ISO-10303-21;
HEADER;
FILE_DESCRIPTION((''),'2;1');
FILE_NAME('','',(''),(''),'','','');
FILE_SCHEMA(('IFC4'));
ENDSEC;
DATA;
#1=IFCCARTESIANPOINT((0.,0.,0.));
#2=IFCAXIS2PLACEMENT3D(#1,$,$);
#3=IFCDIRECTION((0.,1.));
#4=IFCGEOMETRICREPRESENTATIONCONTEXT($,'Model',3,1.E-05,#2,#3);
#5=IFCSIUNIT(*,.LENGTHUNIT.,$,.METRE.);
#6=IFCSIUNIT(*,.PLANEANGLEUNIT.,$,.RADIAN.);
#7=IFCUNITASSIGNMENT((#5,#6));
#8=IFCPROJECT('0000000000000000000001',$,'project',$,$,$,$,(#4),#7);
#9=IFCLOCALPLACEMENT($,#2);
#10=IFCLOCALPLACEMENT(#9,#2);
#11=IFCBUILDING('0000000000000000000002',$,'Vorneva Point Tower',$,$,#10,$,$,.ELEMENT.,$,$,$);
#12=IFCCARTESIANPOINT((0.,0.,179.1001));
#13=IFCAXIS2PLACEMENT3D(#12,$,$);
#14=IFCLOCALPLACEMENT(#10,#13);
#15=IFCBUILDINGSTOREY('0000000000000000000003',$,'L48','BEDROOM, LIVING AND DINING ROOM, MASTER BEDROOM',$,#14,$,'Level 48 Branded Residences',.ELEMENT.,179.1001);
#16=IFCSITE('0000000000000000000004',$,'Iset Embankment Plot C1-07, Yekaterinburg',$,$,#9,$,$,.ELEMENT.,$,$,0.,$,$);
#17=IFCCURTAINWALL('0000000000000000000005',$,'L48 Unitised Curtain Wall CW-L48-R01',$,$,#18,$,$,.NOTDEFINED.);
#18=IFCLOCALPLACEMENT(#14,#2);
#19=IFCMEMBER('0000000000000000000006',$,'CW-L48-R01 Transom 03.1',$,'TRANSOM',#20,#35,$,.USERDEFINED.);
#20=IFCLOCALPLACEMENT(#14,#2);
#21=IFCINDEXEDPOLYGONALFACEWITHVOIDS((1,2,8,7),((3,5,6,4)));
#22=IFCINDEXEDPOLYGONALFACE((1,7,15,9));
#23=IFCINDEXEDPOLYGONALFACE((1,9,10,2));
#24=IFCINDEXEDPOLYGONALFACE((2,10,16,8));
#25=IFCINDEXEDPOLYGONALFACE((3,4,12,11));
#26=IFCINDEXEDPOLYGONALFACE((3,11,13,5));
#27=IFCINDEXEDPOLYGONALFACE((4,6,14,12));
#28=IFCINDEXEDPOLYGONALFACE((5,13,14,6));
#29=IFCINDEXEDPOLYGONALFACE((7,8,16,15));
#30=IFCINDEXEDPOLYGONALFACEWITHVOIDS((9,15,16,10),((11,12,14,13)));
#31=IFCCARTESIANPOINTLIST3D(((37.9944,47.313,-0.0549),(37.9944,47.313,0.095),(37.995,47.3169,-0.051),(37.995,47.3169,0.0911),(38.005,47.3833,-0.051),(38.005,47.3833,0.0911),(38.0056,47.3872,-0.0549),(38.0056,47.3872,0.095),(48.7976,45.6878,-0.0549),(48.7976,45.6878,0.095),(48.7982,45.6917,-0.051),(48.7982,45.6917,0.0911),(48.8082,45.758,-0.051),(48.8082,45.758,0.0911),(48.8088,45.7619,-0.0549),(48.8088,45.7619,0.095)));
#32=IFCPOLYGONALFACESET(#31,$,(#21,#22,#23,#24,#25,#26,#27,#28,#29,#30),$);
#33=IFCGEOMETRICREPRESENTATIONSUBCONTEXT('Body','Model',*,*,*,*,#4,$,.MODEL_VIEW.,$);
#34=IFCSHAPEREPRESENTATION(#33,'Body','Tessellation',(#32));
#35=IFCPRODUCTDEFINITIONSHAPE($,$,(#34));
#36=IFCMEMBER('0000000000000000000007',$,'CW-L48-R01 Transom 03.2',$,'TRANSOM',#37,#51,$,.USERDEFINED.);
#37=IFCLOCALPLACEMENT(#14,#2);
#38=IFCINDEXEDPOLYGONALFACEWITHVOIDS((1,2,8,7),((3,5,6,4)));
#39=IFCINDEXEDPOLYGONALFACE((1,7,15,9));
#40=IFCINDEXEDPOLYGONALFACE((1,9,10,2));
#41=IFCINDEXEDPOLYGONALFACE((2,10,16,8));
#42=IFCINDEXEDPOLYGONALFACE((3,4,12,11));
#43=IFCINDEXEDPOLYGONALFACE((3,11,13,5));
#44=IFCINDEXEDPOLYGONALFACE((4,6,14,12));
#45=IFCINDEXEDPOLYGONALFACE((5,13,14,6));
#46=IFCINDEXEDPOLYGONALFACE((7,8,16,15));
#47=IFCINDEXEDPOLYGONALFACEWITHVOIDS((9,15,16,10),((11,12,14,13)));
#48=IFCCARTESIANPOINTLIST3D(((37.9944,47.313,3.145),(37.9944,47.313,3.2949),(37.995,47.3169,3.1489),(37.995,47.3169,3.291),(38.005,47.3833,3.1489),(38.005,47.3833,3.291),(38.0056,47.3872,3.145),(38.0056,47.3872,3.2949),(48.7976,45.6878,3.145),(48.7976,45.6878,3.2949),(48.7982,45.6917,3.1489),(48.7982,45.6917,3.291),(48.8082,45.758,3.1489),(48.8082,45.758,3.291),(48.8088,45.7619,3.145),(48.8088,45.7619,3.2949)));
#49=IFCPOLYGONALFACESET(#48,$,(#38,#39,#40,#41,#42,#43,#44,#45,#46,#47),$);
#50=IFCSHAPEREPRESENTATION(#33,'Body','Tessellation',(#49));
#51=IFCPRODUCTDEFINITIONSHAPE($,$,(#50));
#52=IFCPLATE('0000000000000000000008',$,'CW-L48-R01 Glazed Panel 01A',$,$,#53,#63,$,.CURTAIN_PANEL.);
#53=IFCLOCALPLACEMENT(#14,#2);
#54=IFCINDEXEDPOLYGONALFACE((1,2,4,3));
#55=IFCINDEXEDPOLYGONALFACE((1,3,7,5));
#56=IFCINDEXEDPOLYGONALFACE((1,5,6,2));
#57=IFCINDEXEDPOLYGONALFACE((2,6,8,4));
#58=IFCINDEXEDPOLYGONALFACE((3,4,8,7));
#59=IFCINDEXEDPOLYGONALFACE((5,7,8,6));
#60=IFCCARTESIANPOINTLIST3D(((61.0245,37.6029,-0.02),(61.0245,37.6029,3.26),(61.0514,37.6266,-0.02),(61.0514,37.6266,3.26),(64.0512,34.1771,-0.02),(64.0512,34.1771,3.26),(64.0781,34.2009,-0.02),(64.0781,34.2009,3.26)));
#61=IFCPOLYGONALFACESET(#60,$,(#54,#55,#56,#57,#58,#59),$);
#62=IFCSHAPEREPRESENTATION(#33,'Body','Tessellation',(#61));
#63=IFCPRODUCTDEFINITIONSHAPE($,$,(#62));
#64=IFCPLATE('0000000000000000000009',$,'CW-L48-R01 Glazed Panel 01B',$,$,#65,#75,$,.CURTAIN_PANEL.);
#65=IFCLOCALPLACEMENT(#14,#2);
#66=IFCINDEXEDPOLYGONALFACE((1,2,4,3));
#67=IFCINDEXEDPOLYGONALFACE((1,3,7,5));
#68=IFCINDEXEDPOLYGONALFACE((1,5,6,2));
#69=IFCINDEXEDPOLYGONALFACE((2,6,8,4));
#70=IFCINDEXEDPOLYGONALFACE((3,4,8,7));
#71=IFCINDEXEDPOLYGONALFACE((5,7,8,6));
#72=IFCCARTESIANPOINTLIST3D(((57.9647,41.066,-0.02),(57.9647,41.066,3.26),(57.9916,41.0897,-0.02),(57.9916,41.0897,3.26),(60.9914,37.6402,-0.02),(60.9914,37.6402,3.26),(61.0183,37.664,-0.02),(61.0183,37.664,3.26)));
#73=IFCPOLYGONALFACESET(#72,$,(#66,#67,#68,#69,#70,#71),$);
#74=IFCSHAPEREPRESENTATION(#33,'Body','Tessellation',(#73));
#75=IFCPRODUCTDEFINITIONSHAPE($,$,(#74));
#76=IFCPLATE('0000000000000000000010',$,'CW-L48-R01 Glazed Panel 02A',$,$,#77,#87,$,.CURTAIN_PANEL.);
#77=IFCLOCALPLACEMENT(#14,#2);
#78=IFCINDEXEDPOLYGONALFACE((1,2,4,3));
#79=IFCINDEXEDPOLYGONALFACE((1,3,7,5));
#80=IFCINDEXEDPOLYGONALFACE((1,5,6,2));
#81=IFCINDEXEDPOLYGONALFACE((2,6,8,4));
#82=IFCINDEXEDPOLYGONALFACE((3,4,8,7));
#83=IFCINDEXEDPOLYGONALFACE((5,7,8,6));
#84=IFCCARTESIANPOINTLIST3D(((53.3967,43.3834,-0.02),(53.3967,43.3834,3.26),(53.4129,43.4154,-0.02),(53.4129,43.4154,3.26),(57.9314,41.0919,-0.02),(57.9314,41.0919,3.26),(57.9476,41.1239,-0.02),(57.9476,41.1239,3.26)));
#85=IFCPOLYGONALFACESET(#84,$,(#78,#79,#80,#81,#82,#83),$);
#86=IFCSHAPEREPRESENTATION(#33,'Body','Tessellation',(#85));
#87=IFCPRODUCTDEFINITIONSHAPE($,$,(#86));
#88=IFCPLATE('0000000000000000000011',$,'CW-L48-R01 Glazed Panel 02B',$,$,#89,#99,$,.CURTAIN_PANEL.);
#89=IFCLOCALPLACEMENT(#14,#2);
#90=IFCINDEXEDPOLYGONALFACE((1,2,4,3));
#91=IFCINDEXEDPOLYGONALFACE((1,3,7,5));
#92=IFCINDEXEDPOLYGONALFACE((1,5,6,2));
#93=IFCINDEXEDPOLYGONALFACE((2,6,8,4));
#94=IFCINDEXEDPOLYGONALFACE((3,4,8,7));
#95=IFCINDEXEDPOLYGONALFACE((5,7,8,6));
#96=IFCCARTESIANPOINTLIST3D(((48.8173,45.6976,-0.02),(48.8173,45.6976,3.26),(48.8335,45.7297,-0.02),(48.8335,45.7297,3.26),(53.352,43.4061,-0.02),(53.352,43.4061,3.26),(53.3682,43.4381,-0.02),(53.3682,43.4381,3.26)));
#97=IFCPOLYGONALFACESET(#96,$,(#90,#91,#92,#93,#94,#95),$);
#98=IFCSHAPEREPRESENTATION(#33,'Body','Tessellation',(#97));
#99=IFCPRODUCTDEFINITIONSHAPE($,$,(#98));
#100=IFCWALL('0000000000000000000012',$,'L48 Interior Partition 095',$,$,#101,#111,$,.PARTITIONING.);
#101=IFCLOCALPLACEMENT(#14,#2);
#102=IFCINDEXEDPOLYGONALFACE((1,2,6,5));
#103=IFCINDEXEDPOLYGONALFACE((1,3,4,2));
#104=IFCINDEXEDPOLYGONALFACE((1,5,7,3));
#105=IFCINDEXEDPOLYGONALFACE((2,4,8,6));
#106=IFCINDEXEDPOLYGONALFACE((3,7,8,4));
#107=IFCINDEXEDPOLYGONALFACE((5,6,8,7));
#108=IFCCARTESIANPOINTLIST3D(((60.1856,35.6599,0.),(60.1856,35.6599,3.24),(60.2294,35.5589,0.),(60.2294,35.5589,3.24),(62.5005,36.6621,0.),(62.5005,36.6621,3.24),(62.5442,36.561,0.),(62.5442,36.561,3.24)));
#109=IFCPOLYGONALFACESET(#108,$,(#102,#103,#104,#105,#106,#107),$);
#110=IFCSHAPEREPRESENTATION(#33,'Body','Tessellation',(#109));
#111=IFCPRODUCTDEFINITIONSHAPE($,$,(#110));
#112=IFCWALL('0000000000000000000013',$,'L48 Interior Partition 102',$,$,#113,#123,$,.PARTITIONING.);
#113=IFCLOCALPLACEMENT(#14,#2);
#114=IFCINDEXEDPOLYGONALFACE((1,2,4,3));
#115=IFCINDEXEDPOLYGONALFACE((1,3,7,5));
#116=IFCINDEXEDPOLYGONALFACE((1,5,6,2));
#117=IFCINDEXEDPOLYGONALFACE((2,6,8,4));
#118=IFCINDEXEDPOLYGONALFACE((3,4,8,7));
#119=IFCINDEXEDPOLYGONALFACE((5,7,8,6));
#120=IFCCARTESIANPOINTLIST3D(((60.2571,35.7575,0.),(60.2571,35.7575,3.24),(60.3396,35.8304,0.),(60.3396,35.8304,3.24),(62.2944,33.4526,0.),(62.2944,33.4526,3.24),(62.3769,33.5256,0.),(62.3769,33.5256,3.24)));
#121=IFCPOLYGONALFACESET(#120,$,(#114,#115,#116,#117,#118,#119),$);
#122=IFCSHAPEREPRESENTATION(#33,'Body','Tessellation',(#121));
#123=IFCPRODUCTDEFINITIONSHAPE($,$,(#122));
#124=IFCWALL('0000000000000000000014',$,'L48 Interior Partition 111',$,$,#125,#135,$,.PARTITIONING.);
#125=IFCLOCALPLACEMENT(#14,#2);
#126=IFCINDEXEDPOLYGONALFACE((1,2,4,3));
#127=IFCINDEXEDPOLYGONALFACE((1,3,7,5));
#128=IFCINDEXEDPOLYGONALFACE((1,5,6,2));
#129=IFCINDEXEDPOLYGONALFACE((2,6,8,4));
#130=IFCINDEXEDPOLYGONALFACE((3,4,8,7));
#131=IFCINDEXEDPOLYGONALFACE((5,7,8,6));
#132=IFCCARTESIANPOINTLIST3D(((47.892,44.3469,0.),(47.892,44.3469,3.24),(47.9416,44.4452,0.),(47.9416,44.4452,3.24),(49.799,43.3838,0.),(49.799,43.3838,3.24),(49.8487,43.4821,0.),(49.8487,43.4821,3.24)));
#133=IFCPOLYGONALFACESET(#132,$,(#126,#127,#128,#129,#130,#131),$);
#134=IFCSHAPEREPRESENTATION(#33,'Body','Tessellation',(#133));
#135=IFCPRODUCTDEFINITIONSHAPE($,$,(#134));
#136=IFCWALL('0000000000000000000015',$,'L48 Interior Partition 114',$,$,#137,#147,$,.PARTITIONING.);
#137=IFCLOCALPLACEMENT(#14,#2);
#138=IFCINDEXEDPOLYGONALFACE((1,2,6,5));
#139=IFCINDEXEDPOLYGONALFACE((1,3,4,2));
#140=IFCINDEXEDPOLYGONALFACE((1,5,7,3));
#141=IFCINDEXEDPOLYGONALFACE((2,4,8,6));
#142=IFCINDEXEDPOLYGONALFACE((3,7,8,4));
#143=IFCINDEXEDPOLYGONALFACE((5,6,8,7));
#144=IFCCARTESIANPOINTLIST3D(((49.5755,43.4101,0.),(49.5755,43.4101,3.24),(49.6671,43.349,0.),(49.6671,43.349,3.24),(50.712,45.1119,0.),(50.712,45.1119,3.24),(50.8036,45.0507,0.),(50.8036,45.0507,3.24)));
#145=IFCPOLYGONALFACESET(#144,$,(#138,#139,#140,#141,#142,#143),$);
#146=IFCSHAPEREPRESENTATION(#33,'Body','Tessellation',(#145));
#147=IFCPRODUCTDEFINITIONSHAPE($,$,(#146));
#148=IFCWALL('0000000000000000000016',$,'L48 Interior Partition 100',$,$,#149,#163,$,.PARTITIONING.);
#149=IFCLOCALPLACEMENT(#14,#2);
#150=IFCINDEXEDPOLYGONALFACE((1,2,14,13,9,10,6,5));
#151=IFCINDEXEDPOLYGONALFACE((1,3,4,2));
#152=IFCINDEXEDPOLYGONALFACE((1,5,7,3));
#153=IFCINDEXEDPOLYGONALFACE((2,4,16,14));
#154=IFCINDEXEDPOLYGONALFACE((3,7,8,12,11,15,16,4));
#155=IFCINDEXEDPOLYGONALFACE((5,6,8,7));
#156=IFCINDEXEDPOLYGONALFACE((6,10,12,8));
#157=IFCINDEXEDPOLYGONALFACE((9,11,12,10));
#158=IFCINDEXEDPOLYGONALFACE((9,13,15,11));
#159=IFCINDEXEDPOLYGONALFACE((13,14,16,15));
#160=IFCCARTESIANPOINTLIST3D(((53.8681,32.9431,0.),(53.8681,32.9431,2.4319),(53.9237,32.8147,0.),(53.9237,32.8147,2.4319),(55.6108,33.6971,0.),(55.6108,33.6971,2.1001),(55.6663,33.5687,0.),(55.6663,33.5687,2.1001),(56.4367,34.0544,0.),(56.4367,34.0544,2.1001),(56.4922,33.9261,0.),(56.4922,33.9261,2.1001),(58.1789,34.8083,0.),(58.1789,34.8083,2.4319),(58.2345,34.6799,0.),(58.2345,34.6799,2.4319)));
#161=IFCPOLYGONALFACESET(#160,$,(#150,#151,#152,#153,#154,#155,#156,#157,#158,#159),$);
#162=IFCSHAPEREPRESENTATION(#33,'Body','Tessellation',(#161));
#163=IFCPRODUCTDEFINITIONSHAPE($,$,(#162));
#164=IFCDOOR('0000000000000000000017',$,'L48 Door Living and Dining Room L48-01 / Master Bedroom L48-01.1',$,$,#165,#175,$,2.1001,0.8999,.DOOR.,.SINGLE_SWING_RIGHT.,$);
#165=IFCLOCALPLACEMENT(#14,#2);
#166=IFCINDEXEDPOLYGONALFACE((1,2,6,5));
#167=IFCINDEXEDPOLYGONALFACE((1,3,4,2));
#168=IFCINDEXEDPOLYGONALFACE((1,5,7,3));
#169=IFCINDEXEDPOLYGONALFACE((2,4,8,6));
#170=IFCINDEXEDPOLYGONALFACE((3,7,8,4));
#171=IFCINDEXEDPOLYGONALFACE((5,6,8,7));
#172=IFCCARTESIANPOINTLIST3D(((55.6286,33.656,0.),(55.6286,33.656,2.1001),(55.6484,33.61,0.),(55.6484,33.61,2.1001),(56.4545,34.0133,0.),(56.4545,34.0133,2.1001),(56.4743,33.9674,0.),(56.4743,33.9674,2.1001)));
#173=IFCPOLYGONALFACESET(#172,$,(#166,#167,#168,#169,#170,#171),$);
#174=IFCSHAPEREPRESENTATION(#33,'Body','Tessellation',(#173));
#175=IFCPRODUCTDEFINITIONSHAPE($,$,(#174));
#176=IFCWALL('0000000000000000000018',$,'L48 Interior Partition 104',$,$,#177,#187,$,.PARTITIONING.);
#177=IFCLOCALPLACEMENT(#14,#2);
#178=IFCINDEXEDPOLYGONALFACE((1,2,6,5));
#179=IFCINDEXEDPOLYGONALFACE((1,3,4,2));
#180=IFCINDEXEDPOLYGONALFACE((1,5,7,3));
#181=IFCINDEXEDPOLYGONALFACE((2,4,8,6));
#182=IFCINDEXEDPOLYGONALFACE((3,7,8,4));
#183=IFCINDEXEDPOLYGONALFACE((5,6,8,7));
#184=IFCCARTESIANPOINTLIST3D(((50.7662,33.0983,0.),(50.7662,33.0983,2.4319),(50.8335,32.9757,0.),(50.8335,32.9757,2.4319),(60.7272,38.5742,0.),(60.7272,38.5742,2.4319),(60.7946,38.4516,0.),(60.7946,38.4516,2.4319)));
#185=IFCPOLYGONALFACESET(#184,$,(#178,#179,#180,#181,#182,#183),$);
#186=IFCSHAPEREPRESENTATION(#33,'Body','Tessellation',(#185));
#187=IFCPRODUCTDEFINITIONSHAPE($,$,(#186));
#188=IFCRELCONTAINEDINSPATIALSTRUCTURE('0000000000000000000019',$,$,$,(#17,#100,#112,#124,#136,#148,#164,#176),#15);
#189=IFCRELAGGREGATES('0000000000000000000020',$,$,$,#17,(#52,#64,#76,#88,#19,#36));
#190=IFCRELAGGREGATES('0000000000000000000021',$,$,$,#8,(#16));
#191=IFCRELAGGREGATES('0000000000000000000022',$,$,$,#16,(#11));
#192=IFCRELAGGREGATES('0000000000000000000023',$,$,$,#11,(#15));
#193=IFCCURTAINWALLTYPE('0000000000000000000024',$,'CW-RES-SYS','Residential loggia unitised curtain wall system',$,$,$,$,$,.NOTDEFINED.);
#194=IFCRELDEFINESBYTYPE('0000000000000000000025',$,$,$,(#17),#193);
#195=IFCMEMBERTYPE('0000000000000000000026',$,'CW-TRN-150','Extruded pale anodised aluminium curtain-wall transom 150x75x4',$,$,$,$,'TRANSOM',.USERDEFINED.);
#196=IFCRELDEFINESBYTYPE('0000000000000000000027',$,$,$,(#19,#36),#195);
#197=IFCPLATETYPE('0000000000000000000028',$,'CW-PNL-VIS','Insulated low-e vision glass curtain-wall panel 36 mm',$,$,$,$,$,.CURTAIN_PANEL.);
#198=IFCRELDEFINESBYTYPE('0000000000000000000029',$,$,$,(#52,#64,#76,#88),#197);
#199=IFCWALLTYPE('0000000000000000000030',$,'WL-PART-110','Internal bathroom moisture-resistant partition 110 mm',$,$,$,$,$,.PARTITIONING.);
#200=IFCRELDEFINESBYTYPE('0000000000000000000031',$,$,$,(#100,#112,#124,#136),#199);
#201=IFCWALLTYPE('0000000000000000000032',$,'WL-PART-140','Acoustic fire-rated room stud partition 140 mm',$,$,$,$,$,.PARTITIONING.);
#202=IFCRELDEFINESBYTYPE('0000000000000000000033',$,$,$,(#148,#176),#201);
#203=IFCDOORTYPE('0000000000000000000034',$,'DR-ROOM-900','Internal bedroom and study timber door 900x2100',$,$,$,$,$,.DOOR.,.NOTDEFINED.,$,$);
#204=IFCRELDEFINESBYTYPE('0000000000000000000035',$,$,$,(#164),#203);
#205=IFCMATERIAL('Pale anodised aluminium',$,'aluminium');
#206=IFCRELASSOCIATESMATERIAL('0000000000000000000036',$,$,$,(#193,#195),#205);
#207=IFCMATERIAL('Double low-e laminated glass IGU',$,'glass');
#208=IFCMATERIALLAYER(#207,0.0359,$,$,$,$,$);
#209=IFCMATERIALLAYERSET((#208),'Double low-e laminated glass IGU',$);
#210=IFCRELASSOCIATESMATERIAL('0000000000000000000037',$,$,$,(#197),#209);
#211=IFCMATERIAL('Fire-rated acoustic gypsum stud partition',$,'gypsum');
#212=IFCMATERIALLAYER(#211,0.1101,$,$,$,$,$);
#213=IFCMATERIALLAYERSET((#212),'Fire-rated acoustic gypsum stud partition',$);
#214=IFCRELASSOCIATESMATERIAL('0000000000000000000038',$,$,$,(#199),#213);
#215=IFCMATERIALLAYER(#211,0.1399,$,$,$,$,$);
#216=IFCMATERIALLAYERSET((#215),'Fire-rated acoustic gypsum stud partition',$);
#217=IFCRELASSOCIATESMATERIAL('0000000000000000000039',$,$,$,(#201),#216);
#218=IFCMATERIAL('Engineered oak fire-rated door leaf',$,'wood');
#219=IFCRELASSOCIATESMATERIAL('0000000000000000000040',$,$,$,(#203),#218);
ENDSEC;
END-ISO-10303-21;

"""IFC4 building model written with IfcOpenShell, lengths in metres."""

from ifc_helpers import new_model, si_unit, direction, frame, frame_2d, origin, origin_2d, place, context, subcontext, project, spatial, rectangle, hollow_rectangle, extrude, material, layer, layer_set, material_profile, profile_set, type_object, element, fill, aggregate, save


model = new_model("IFC4")

# Units and contexts
model_context = context("Model", 3, precision=1e-05, world=origin(), true_north=direction((0.0, 1.0)))
body_context = subcontext(model_context, "Body", "Model", "MODEL_VIEW")
ifc_project = project(units=[si_unit("LENGTHUNIT", "METRE"), si_unit("PLANEANGLEUNIT", "RADIAN")], contexts=[model_context])

# Site, building, storey
site_placement = place(None, origin())
site = spatial("IfcSite", under=ifc_project, at=site_placement, Name="Iset Embankment Plot C1-07, Yekaterinburg", CompositionType="ELEMENT", RefElevation=0.0)
building_placement = place(site_placement, origin())
building = spatial("IfcBuilding", under=site, at=building_placement, Name="Vorneva Point Tower", CompositionType="ELEMENT")
storey_placement = place(building_placement, frame((0.0, 0.0, 179.1001)))
storey = spatial("IfcBuildingStorey", under=building, at=storey_placement, Name="L48", Description="BEDROOM, LIVING AND DINING ROOM, MASTER BEDROOM", LongName="Level 48 Branded Residences", CompositionType="ELEMENT", Elevation=179.1001)

# Curtain wall, members, plates
ifc_material_1 = material(Name="Pale anodised aluminium", Category="aluminium")
curtain_wall_type = type_object("IfcCurtainWallType", Name="CW-RES-SYS", Description="Residential loggia unitised curtain wall system", PredefinedType="NOTDEFINED", material=ifc_material_1)
curtain_wall_placement = place(storey_placement, origin())
curtain_wall = element("IfcCurtainWall", 1, at=curtain_wall_placement, inside=storey, type_object=curtain_wall_type, Name="L48 Unitised Curtain Wall CW-L48-R01", PredefinedType="NOTDEFINED")
ifc_material_profile_1 = material_profile(ifc_material_1, hollow_rectangle(XDim=0.075, YDim=0.1499, WallThickness=0.0039, at=origin_2d()), Name="AL-TRN 150x75x4")
ifc_profile_set_1 = profile_set([ifc_material_profile_1], Name="Pale anodised aluminium")
member_type_1 = type_object("IfcMemberType", Name="CW-TRN-150", Description="Extruded pale anodised aluminium curtain-wall transom 150x75x4", ElementType="TRANSOM", PredefinedType="USERDEFINED", material=ifc_profile_set_1)
member_1_placement = place(storey_placement, frame((48.8032, 45.7249, 0.02), z_axis=(-0.988872, 0.148767, 0.0), x_axis=(-0.148767, -0.988872, 0.0)))
member_1 = element("IfcMember", 2, at=member_1_placement, type_object=member_type_1, Name="CW-L48-R01 Transom 03.1", ObjectType="TRANSOM", PredefinedType="USERDEFINED", context=body_context, shape_type="SweptSolid", body=[
    extrude(hollow_rectangle(XDim=0.075, YDim=0.1499, WallThickness=0.0039, at=origin_2d()), origin(), (0.0, 0.0, 1.0), 10.9248),
])
member_2_placement = place(storey_placement, frame((48.8032, 45.7249, 3.22), z_axis=(-0.988872, 0.148767, 0.0), x_axis=(-0.148767, -0.988872, 0.0)))
member_2 = element("IfcMember", 3, at=member_2_placement, type_object=member_type_1, Name="CW-L48-R01 Transom 03.2", ObjectType="TRANSOM", PredefinedType="USERDEFINED", context=body_context, shape_type="SweptSolid", body=[
    extrude(hollow_rectangle(XDim=0.075, YDim=0.1499, WallThickness=0.0039, at=origin_2d()), origin(), (0.0, 0.0, 1.0), 10.9248),
])
ifc_material_2 = material(Name="Double low-e laminated glass IGU", Category="glass")
ifc_layer_1 = layer(ifc_material_2, 0.0359)
ifc_layer_set_1 = layer_set([ifc_layer_1], Name="Double low-e laminated glass IGU")
plate_type = type_object("IfcPlateType", Name="CW-PNL-VIS", Description="Insulated low-e vision glass curtain-wall panel 36 mm", PredefinedType="CURTAIN_PANEL", material=ifc_layer_set_1)
plate_1_placement = place(storey_placement, frame((62.5513, 35.9019, -0.02), z_axis=(0.0, 0.0, 1.0), x_axis=(-0.66211, 0.749407, 0.0)))
plate_1 = element("IfcPlate", 4, at=plate_1_placement, type_object=plate_type, Name="CW-L48-R01 Glazed Panel 01A", PredefinedType="CURTAIN_PANEL", context=body_context, shape_type="SweptSolid", body=[
    extrude(rectangle(XDim=4.5713, YDim=0.0359, at=origin_2d()), origin(), (0.0, 0.0, 1.0), 3.28),
])
plate_2_placement = place(storey_placement, frame((59.4915, 39.365, -0.02), z_axis=(0.0, 0.0, 1.0), x_axis=(-0.66211, 0.749407, 0.0)))
plate_2 = element("IfcPlate", 5, at=plate_2_placement, type_object=plate_type, Name="CW-L48-R01 Glazed Panel 01B", PredefinedType="CURTAIN_PANEL", context=body_context, shape_type="SweptSolid", body=[
    extrude(rectangle(XDim=4.5713, YDim=0.0359, at=origin_2d()), origin(), (0.0, 0.0, 1.0), 3.28),
])
plate_3_placement = place(storey_placement, frame((55.6721, 42.2537, -0.02), z_axis=(0.0, 0.0, 1.0), x_axis=(-0.892515, 0.451018, 0.0)))
plate_3 = element("IfcPlate", 6, at=plate_3_placement, type_object=plate_type, Name="CW-L48-R01 Glazed Panel 02A", PredefinedType="CURTAIN_PANEL", context=body_context, shape_type="SweptSolid", body=[
    extrude(rectangle(XDim=5.0808, YDim=0.0359, at=origin_2d()), origin(), (0.0, 0.0, 1.0), 3.28),
])
plate_4_placement = place(storey_placement, frame((51.0928, 44.5679, -0.02), z_axis=(0.0, 0.0, 1.0), x_axis=(-0.892515, 0.451018, 0.0)))
plate_4 = element("IfcPlate", 7, at=plate_4_placement, type_object=plate_type, Name="CW-L48-R01 Glazed Panel 02B", PredefinedType="CURTAIN_PANEL", context=body_context, shape_type="SweptSolid", body=[
    extrude(rectangle(XDim=5.0808, YDim=0.0359, at=origin_2d()), origin(), (0.0, 0.0, 1.0), 3.28),
])
aggregate(curtain_wall, [plate_1, plate_2, plate_3, plate_4, member_1, member_2])

# Walls
ifc_material_3 = material(Name="Fire-rated acoustic gypsum stud partition", Category="gypsum")
ifc_layer_2 = layer(ifc_material_3, 0.1101)
ifc_layer_set_2 = layer_set([ifc_layer_2], Name="Fire-rated acoustic gypsum stud partition")
wall_type_1 = type_object("IfcWallType", Name="WL-PART-110", Description="Internal bathroom moisture-resistant partition 110 mm", PredefinedType="PARTITIONING", material=ifc_layer_set_2)
wall_1_placement = place(storey_placement, frame((60.2075, 35.6094, 0.0), z_axis=(0.0, 0.0, 1.0), x_axis=(0.917692, 0.397292, 0.0)))
element("IfcWall", 8, at=wall_1_placement, inside=storey, type_object=wall_type_1, Name="L48 Interior Partition 095", PredefinedType="PARTITIONING", context=body_context, shape_type="SweptSolid", body=[
    extrude(rectangle(XDim=2.5225, YDim=0.1101, at=frame_2d((1.2612, 0.0))), origin(), (0.0, 0.0, 1.0), 3.24),
])
wall_2_placement = place(storey_placement, frame((60.2983, 35.7939, 0.0), z_axis=(0.0, 0.0, 1.0), x_axis=(0.662278, -0.749259, 0.0)))
element("IfcWall", 9, at=wall_2_placement, inside=storey, type_object=wall_type_1, Name="L48 Interior Partition 102", PredefinedType="PARTITIONING", context=body_context, shape_type="SweptSolid", body=[
    extrude(rectangle(XDim=3.0762, YDim=0.1101, at=frame_2d((1.5381, 0.0))), origin(), (0.0, 0.0, 1.0), 3.24),
])
wall_3_placement = place(storey_placement, frame((49.824, 43.4329, 0.0), z_axis=(0.0, 0.0, 1.0), x_axis=(-0.892614, 0.450821, 0.0)))
element("IfcWall", 10, at=wall_3_placement, inside=storey, type_object=wall_type_1, Name="L48 Interior Partition 111", PredefinedType="PARTITIONING", context=body_context, shape_type="SweptSolid", body=[
    extrude(rectangle(XDim=2.1365, YDim=0.1101, at=frame_2d((1.0684, 0.0))), origin(), (0.0, 0.0, 1.0), 3.24),
])
wall_4_placement = place(storey_placement, frame((50.7578, 45.0813, 0.0), z_axis=(0.0, 0.0, 1.0), x_axis=(-0.555388, -0.831591, 0.0)))
element("IfcWall", 11, at=wall_4_placement, inside=storey, type_object=wall_type_1, Name="L48 Interior Partition 114", PredefinedType="PARTITIONING", context=body_context, shape_type="SweptSolid", body=[
    extrude(rectangle(XDim=2.0464, YDim=0.1101, at=frame_2d((1.0232, 0.0))), origin(), (0.0, 0.0, 1.0), 3.24),
])

# Wall, opening, door
ifc_layer_3 = layer(ifc_material_3, 0.1399)
ifc_layer_set_3 = layer_set([ifc_layer_3], Name="Fire-rated acoustic gypsum stud partition")
wall_type_2 = type_object("IfcWallType", Name="WL-PART-140", Description="Acoustic fire-rated room stud partition 140 mm", PredefinedType="PARTITIONING", material=ifc_layer_set_3)
wall_5_placement = place(storey_placement, frame((58.2068, 34.7441, 0.0), z_axis=(0.0, 0.0, 1.0), x_axis=(-0.917771, -0.39711, 0.0)))
wall_5 = element("IfcWall", 12, at=wall_5_placement, inside=storey, type_object=wall_type_2, Name="L48 Interior Partition 100", PredefinedType="PARTITIONING", context=body_context, shape_type="SweptSolid", body=[
    extrude(rectangle(XDim=4.697, YDim=0.1399, at=frame_2d((2.3486, 0.0))), origin(), (0.0, 0.0, 1.0), 2.4319),
])
opening_1_placement = place(wall_5_placement, frame((1.8984, 0.0, 0.0)))
opening_1 = element("IfcOpeningElement", 13, at=opening_1_placement, cuts=wall_5, PredefinedType="OPENING", context=body_context, shape_type="SweptSolid", body=[
    extrude(rectangle(XDim=0.8999, YDim=2.1001, at=frame_2d((0.45, 1.05))), frame((0.0, 0.085, 0.0), z_axis=(0.0, -1.0, 0.0), x_axis=(1.0, 0.0, 0.0)), (0.0, 0.0, 1.0), 0.1697),
])
ifc_material_4 = material(Name="Engineered oak fire-rated door leaf", Category="wood")
door_type_1 = type_object("IfcDoorType", Name="DR-ROOM-900", Description="Internal bedroom and study timber door 900x2100", OperationType="NOTDEFINED", PredefinedType="DOOR", material=ifc_material_4)
door_1_placement = place(opening_1_placement, origin())
door_1 = element("IfcDoor", 14, at=door_1_placement, inside=storey, type_object=door_type_1, Name="L48 Door Living and Dining Room L48-01 / Master Bedroom L48-01.1", OperationType="SINGLE_SWING_RIGHT", OverallHeight=2.1001, OverallWidth=0.8999, PredefinedType="DOOR", context=body_context, shape_type="SweptSolid", body=[
    extrude(rectangle(XDim=0.8999, YDim=2.1001, at=frame_2d((0.45, 1.05))), frame((0.0, 0.0249, 0.0), z_axis=(0.0, -1.0, 0.0), x_axis=(1.0, 0.0, 0.0)), (0.0, 0.0, 1.0), 0.05),
])
fill(opening_1, door_1)

# Wall
wall_6_placement = place(storey_placement, frame((60.761, 38.5129, 0.0), z_axis=(0.0, 0.0, 1.0), x_axis=(-0.876316, -0.481737, 0.0)))
element("IfcWall", 15, at=wall_6_placement, inside=storey, type_object=wall_type_2, Name="L48 Interior Partition 104", PredefinedType="PARTITIONING", context=body_context, shape_type="SweptSolid", body=[
    extrude(rectangle(XDim=11.3669, YDim=0.1399, at=frame_2d((5.6836, 0.0))), origin(), (0.0, 0.0, 1.0), 2.4319),
])

save(model, "model.ifc")
